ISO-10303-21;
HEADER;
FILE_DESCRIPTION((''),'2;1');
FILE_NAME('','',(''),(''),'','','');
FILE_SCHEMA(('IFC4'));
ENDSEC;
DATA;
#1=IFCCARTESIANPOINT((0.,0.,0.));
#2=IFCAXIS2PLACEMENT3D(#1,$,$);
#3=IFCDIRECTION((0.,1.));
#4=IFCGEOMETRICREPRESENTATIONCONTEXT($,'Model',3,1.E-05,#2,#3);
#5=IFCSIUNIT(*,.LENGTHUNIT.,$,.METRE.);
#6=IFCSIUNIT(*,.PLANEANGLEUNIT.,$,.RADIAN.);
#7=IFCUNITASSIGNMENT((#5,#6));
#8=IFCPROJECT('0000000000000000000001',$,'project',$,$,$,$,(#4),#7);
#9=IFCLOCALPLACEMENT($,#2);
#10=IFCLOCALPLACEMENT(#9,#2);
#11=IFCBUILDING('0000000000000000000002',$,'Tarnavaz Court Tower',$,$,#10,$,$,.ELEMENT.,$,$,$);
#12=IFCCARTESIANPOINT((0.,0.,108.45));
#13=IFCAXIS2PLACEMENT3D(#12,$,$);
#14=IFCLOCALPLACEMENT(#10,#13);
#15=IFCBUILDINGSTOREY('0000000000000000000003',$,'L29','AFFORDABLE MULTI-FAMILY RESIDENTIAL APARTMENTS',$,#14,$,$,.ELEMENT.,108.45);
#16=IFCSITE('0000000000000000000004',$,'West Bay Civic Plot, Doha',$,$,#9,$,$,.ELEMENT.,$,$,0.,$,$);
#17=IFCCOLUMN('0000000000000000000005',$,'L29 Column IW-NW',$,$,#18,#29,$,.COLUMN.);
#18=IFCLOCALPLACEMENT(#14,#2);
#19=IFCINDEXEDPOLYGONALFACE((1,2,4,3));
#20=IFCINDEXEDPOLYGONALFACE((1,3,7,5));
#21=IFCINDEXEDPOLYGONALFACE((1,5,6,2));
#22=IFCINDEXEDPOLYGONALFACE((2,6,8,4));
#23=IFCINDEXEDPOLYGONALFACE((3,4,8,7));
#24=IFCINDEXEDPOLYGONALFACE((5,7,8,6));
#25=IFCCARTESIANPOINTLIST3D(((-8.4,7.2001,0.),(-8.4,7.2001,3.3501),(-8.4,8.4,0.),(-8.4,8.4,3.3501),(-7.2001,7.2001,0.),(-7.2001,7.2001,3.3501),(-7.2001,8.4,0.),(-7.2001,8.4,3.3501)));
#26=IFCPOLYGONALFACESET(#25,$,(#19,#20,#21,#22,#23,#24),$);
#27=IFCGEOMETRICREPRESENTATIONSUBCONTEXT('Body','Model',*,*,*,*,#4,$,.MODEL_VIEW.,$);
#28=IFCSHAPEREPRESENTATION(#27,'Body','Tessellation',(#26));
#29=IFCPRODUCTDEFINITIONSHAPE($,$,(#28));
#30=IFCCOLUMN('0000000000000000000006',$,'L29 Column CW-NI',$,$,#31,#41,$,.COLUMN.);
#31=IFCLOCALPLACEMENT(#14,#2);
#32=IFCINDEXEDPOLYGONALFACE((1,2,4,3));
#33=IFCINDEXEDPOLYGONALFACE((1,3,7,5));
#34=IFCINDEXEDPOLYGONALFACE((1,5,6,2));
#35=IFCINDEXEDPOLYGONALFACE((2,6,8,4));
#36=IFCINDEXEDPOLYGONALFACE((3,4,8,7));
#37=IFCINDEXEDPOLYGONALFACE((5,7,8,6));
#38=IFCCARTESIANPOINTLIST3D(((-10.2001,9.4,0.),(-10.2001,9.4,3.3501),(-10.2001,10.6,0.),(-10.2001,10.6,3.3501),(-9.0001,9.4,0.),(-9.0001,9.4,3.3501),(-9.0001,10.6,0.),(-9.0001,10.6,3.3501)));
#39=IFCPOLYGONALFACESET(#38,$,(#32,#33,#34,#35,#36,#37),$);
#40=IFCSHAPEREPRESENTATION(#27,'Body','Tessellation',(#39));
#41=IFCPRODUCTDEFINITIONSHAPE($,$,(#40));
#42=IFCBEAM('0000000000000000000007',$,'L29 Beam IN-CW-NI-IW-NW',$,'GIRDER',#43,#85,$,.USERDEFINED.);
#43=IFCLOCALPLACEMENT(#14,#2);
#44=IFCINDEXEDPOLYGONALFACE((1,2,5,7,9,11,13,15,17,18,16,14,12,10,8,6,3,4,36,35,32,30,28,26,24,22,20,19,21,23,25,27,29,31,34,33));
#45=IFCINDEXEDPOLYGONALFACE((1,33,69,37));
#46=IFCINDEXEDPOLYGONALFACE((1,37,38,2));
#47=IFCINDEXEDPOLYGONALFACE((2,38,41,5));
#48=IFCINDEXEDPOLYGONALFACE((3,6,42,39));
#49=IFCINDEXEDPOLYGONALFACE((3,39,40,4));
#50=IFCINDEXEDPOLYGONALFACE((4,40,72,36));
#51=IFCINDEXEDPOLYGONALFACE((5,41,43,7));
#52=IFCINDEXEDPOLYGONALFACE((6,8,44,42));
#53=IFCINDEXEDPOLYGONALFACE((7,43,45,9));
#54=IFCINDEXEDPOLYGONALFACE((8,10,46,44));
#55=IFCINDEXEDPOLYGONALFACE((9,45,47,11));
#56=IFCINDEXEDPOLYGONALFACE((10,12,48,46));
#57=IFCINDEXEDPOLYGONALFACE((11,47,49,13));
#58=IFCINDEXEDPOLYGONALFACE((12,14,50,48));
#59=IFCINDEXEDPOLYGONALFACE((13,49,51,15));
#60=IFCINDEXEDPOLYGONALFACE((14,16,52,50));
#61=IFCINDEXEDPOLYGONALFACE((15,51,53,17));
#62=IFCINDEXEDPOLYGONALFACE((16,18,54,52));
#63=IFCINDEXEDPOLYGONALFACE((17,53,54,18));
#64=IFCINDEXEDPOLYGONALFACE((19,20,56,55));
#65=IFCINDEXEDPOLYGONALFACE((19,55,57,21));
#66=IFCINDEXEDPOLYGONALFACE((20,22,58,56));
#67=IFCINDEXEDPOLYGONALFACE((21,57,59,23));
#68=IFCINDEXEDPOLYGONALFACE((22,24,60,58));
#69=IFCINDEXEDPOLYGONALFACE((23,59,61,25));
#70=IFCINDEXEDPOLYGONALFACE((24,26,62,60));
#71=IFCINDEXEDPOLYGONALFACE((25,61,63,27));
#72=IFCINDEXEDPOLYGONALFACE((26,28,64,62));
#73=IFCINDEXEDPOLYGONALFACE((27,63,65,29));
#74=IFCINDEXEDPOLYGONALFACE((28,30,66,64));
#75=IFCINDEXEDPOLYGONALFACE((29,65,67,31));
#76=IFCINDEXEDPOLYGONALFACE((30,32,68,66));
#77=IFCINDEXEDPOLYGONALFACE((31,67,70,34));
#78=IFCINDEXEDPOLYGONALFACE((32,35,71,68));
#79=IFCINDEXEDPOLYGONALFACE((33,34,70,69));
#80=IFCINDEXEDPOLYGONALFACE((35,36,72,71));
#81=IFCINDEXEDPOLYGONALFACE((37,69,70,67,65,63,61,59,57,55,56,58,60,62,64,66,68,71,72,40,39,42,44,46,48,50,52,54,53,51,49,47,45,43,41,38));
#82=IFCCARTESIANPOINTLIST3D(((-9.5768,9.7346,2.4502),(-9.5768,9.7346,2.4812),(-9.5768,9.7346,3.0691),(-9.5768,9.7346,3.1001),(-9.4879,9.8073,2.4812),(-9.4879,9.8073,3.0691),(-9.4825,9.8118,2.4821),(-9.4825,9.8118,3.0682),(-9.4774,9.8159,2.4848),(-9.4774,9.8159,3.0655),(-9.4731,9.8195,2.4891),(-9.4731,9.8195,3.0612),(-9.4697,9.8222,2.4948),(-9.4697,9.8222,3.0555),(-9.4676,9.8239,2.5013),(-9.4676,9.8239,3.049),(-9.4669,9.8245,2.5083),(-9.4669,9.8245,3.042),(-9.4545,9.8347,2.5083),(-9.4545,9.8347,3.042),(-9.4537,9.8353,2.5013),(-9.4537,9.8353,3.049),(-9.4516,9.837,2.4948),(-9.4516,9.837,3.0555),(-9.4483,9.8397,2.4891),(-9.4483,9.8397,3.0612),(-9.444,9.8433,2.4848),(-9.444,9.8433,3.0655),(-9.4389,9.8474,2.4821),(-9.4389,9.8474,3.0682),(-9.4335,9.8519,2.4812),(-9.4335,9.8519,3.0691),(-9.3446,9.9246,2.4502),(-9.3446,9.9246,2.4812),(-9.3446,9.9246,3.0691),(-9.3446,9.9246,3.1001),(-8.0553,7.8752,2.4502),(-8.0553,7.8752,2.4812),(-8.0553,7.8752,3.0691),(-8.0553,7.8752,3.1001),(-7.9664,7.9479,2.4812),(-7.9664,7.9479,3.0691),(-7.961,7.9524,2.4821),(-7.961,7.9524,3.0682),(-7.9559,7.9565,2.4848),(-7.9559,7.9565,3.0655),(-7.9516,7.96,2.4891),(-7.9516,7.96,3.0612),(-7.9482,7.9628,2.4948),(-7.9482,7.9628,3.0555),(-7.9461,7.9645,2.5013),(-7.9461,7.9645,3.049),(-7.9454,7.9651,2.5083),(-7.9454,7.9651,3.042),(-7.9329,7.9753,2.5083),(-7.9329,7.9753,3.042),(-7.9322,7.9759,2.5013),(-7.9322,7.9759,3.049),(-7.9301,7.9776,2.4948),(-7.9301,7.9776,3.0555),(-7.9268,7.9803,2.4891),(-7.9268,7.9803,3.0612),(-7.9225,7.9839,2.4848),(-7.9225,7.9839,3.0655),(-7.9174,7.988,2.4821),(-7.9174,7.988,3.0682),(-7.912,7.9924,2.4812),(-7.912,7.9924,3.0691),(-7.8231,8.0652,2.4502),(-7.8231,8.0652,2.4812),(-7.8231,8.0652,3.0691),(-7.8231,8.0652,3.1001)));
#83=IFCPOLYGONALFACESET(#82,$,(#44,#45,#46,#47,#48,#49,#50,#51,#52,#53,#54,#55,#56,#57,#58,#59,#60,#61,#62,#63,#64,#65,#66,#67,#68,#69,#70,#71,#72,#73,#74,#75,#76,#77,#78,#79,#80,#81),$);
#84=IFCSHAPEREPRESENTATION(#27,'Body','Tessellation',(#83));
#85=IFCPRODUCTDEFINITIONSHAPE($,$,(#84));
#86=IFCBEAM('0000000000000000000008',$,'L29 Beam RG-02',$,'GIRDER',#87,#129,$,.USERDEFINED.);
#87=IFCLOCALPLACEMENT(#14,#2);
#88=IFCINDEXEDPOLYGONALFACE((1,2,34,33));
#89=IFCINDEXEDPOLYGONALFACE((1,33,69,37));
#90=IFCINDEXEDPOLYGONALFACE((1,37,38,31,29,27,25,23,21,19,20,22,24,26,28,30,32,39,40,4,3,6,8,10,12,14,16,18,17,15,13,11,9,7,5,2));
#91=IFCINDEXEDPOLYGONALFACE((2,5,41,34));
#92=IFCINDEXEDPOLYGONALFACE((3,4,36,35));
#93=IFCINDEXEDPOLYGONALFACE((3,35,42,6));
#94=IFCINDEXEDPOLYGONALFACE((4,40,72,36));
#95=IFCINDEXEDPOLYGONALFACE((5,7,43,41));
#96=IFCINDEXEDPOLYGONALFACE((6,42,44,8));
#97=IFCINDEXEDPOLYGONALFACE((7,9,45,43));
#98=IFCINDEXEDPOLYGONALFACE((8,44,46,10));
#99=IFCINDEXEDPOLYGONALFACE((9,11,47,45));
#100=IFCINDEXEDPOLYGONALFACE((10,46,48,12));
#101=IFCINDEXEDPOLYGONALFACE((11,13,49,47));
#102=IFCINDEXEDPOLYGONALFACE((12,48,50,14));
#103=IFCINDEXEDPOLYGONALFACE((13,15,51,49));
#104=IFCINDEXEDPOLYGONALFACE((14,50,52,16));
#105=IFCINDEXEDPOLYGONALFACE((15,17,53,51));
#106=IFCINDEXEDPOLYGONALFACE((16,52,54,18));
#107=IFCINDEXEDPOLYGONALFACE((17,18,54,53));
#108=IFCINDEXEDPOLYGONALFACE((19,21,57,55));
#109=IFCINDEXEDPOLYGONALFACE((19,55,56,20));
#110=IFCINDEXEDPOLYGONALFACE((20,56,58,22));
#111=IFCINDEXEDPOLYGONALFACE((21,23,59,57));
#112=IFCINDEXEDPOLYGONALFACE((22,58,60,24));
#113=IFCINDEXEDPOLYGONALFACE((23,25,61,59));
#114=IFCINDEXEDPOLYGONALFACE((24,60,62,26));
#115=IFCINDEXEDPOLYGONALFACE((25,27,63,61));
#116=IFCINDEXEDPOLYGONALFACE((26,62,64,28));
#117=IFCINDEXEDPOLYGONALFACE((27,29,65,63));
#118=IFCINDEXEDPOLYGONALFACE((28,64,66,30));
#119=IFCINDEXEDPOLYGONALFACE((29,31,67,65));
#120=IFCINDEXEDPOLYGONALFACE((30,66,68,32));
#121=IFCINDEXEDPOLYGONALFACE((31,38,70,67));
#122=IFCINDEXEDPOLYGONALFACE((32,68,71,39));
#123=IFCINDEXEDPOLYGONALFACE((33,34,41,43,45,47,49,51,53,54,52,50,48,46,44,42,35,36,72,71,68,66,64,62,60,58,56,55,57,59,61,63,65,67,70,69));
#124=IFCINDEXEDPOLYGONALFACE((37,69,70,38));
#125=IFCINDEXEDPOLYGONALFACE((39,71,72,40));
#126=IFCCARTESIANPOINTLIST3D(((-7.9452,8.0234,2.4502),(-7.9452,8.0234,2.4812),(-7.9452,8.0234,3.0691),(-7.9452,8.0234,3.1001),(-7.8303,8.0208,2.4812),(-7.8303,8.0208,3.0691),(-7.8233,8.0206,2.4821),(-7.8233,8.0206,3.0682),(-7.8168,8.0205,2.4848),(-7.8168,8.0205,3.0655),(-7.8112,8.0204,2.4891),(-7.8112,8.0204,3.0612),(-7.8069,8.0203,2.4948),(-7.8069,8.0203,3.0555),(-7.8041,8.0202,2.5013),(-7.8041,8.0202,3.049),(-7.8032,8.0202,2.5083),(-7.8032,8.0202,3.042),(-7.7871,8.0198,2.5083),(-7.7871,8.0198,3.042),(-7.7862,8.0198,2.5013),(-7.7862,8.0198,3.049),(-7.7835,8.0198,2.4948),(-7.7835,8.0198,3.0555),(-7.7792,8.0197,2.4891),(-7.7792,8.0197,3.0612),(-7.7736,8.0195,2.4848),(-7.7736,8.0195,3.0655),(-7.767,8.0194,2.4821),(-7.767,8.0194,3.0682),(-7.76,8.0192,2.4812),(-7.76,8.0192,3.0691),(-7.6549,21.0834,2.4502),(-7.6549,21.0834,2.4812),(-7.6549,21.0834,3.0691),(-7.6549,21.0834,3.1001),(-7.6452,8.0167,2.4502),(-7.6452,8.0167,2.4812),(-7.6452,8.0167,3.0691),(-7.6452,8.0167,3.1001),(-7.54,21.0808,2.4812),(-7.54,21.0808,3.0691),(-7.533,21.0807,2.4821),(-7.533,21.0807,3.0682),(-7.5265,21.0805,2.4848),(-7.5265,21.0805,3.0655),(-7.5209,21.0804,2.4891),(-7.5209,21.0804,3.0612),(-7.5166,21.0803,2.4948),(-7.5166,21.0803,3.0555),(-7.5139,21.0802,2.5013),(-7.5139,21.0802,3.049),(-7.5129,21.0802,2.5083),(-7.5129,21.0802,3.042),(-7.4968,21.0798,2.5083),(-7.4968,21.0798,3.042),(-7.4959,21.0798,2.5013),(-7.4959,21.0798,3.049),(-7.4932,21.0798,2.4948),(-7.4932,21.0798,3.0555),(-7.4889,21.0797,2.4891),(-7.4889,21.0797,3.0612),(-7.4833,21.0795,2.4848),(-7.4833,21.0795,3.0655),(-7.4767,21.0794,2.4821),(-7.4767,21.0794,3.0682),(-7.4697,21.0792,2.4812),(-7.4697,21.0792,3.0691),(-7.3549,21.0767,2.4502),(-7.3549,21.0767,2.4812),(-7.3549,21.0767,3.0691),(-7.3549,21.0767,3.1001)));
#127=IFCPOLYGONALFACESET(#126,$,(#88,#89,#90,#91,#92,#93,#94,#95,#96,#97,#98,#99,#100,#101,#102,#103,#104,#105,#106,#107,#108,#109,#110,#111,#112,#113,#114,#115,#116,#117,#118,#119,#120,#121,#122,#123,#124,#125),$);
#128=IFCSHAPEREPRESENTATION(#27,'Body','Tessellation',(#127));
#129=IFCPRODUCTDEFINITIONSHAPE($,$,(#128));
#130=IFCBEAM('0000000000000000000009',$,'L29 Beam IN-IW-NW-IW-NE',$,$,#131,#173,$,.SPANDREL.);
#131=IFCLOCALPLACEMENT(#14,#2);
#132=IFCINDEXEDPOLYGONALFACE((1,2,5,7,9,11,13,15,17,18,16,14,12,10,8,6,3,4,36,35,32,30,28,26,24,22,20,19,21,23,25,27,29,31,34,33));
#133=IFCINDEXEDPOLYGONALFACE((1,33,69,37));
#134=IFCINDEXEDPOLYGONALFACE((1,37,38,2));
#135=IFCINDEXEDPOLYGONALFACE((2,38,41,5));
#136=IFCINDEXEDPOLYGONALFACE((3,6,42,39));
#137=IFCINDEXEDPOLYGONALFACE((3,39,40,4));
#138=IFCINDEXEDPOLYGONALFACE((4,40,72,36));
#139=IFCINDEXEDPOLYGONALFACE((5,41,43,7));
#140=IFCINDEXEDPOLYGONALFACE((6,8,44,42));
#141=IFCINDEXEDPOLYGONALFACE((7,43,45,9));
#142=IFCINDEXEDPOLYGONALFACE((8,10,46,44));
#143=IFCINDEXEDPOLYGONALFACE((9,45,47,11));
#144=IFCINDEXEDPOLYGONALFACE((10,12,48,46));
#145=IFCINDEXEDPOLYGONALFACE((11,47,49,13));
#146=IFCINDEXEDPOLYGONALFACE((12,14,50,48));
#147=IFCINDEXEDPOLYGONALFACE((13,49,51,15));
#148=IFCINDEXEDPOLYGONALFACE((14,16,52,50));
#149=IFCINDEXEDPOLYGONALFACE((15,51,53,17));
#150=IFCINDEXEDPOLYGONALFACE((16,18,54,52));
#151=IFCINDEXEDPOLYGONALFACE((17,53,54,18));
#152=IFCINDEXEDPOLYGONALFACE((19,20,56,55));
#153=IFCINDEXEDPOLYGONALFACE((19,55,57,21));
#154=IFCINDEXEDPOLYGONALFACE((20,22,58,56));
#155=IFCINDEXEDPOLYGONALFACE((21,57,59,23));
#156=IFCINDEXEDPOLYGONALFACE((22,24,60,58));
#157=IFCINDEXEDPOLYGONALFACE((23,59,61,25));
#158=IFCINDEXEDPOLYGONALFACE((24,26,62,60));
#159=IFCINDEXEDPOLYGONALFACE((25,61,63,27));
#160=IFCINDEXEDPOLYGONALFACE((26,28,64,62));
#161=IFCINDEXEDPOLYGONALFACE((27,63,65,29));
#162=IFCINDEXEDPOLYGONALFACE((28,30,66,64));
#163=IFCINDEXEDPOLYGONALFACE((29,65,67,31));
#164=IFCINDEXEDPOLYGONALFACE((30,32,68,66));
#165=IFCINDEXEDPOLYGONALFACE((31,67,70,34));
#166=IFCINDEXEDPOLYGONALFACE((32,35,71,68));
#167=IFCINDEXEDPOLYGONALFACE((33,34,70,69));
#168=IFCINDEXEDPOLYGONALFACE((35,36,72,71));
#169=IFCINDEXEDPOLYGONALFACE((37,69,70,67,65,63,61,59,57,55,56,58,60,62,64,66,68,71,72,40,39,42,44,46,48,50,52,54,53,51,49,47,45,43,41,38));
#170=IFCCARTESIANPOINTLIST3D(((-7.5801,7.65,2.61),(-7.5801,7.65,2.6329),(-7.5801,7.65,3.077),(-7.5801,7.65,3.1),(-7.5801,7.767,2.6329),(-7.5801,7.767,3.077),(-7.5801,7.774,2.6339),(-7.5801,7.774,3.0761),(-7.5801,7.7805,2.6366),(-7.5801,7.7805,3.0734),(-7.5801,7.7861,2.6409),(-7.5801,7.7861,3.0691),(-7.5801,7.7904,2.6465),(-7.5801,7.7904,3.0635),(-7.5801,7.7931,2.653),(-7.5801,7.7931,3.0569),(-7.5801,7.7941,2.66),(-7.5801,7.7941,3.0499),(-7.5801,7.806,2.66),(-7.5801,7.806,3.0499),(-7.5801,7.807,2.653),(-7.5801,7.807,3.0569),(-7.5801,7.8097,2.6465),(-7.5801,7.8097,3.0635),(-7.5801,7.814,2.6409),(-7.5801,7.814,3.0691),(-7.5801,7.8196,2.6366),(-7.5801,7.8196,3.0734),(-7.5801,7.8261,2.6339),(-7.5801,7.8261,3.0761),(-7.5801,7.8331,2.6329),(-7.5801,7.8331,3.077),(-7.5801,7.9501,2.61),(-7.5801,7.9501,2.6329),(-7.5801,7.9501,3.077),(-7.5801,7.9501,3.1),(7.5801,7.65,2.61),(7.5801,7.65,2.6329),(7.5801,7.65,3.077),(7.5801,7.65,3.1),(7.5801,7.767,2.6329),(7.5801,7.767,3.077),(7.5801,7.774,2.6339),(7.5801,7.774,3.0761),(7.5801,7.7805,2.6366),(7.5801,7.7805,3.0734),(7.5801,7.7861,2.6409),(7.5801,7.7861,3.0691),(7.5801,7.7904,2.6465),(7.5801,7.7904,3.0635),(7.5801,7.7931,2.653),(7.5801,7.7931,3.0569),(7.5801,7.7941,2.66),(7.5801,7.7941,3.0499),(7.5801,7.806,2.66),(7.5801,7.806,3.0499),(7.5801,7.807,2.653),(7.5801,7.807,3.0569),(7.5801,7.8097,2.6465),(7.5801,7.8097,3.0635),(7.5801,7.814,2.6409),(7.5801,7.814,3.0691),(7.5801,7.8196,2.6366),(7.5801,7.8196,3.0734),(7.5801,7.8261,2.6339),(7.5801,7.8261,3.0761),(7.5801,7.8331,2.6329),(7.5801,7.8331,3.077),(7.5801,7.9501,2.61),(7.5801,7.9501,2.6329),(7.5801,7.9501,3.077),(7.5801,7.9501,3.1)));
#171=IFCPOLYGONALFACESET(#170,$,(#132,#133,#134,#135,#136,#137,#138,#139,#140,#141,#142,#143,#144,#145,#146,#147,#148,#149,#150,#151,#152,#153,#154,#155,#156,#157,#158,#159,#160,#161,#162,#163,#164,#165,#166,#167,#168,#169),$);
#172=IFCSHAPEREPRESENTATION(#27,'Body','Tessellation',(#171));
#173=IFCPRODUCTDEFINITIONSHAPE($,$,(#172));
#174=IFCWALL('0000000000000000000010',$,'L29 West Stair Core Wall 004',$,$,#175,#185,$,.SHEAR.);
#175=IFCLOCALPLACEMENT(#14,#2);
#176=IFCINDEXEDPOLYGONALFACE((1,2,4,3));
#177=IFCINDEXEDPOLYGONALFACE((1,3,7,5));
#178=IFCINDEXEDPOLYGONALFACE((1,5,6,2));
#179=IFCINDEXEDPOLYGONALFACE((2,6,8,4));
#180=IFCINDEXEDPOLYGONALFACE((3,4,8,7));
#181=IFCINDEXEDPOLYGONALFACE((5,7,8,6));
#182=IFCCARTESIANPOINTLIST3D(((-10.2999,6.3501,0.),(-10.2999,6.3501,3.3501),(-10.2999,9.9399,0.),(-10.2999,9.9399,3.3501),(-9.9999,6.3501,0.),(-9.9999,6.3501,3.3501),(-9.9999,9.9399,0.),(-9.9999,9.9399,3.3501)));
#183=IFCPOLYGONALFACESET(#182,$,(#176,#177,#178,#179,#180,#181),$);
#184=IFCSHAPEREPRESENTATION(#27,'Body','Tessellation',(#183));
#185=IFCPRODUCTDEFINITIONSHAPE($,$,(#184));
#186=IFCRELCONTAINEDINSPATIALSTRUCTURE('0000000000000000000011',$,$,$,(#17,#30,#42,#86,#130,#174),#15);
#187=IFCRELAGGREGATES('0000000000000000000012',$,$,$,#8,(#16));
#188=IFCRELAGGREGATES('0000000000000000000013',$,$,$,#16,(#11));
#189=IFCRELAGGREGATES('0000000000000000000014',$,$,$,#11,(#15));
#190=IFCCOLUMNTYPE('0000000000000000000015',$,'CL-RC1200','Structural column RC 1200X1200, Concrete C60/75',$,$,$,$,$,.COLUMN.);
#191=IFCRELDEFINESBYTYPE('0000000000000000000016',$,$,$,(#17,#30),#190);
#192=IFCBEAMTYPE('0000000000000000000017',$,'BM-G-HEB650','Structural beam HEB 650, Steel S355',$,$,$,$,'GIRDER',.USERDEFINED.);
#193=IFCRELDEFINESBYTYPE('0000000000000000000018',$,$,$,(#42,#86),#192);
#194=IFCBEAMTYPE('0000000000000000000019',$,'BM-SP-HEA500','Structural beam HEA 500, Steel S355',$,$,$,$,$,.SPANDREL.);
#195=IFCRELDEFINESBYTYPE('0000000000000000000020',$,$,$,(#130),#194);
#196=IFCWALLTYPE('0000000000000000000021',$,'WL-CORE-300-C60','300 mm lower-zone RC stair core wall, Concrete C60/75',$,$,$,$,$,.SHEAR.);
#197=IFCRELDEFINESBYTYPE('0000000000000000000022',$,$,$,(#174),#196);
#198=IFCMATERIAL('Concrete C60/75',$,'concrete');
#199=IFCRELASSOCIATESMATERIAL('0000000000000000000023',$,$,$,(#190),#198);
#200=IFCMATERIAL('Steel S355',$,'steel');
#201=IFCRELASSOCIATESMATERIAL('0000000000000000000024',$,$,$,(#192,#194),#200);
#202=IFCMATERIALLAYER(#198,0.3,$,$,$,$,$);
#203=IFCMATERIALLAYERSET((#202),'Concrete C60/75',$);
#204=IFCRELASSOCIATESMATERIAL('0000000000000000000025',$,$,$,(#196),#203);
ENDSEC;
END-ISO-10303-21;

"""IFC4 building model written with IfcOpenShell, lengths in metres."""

from ifc_helpers import new_model, si_unit, direction, frame, frame_2d, origin, origin_2d, place, context, subcontext, project, spatial, rectangle, i_section, extrude, material, layer, layer_set, material_profile, profile_set, type_object, element, save


model = new_model("IFC4")

# Units and contexts
model_context = context("Model", 3, precision=1e-05, world=origin(), true_north=direction((0.0, 1.0)))
body_context = subcontext(model_context, "Body", "Model", "MODEL_VIEW")
ifc_project = project(units=[si_unit("LENGTHUNIT", "METRE"), si_unit("PLANEANGLEUNIT", "RADIAN")], contexts=[model_context])

# Site, building, storey
site_placement = place(None, origin())
site = spatial("IfcSite", under=ifc_project, at=site_placement, Name="West Bay Civic Plot, Doha", CompositionType="ELEMENT", RefElevation=0.0)
building_placement = place(site_placement, origin())
building = spatial("IfcBuilding", under=site, at=building_placement, Name="Tarnavaz Court Tower", CompositionType="ELEMENT")
storey_placement = place(building_placement, frame((0.0, 0.0, 108.45)))
storey = spatial("IfcBuildingStorey", under=building, at=storey_placement, Name="L29", Description="AFFORDABLE MULTI-FAMILY RESIDENTIAL APARTMENTS", CompositionType="ELEMENT", Elevation=108.45)

# Columns
ifc_material_1 = material(Name="Concrete C60/75", Category="concrete")
ifc_material_profile_1 = material_profile(ifc_material_1, rectangle(XDim=1.2, YDim=1.2, at=origin_2d()), Name="RC 1200X1200")
ifc_profile_set_1 = profile_set([ifc_material_profile_1], Name="Concrete C60/75")
column_type = type_object("IfcColumnType", Name="CL-RC1200", Description="Structural column RC 1200X1200, Concrete C60/75", PredefinedType="COLUMN", material=ifc_profile_set_1)
for number, where, z_axis, x_axis, name in (
    (1, (-7.8, 7.8, 0.0), (0.0, 0.0, 1.0), (1.0, 0.0, 0.0), "L29 Column IW-NW"),
    (2, (-9.6001, 10.0, 0.0), (0.0, 0.0, 1.0), (1.0, 0.0, 0.0), "L29 Column CW-NI"),
):
    element("IfcColumn", number, at=place(storey_placement, frame(where, z_axis=z_axis, x_axis=x_axis)), inside=storey, type_object=column_type, Name=name, PredefinedType="COLUMN", context=body_context, shape_type="SweptSolid", body=[
        extrude(rectangle(XDim=1.2, YDim=1.2, at=origin_2d()), origin(), (0.0, 0.0, 1.0), 3.3501),
    ])

# Beams
ifc_material_2 = material(Name="Steel S355", Category="steel")
ifc_material_profile_2 = material_profile(ifc_material_2, i_section(OverallWidth=0.3, OverallDepth=0.6499, WebThickness=0.0161, FlangeThickness=0.031, FilletRadius=0.0271, at=origin_2d()), Name="HEB 650")
ifc_profile_set_2 = profile_set([ifc_material_profile_2], Name="Steel S355")
beam_type_1 = type_object("IfcBeamType", Name="BM-G-HEB650", Description="Structural beam HEB 650, Steel S355", ElementType="GIRDER", PredefinedType="USERDEFINED", material=ifc_profile_set_2)
beam_1_placement = place(storey_placement, frame((-9.4607, 9.8296, 2.7751), z_axis=(0.633282, -0.773921, 0.0), x_axis=(0.773921, 0.633282, 0.0)))
element("IfcBeam", 3, at=beam_1_placement, inside=storey, type_object=beam_type_1, Name="L29 Beam IN-CW-NI-IW-NW", ObjectType="GIRDER", PredefinedType="USERDEFINED", context=body_context, shape_type="SweptSolid", body=[
    extrude(i_section(OverallWidth=0.3, OverallDepth=0.6499, WebThickness=0.0161, FlangeThickness=0.031, FilletRadius=0.0271, at=origin_2d()), origin(), (0.0, 0.0, 1.0), 2.4026),
])
beam_2_placement = place(storey_placement, frame((-7.7952, 8.02, 2.7751), z_axis=(0.022221, 0.999753, 0.0), x_axis=(-0.999753, 0.022221, 0.0)))
element("IfcBeam", 4, at=beam_2_placement, inside=storey, type_object=beam_type_1, Name="L29 Beam RG-02", ObjectType="GIRDER", PredefinedType="USERDEFINED", context=body_context, shape_type="SweptSolid", body=[
    extrude(i_section(OverallWidth=0.3, OverallDepth=0.6499, WebThickness=0.0161, FlangeThickness=0.031, FilletRadius=0.0271, at=origin_2d()), origin(), (0.0, 0.0, 1.0), 13.0632),
])
ifc_material_profile_3 = material_profile(ifc_material_2, i_section(OverallWidth=0.3, OverallDepth=0.49, WebThickness=0.012, FlangeThickness=0.0229, FilletRadius=0.0271, at=origin_2d()), Name="HEA 500")
ifc_profile_set_3 = profile_set([ifc_material_profile_3], Name="Steel S355")
beam_type_2 = type_object("IfcBeamType", Name="BM-SP-HEA500", Description="Structural beam HEA 500, Steel S355", PredefinedType="SPANDREL", material=ifc_profile_set_3)
beam_3_placement = place(storey_placement, frame((-7.5801, 7.8, 2.855), z_axis=(1.0, 0.0, 0.0), x_axis=(0.0, 1.0, 0.0)))
element("IfcBeam", 5, at=beam_3_placement, inside=storey, type_object=beam_type_2, Name="L29 Beam IN-IW-NW-IW-NE", PredefinedType="SPANDREL", context=body_context, shape_type="SweptSolid", body=[
    extrude(i_section(OverallWidth=0.3, OverallDepth=0.49, WebThickness=0.012, FlangeThickness=0.0229, FilletRadius=0.0271, at=origin_2d()), origin(), (0.0, 0.0, 1.0), 15.1602),
])

# Wall
ifc_layer_1 = layer(ifc_material_1, 0.3)
ifc_layer_set_1 = layer_set([ifc_layer_1], Name="Concrete C60/75")
wall_type_1 = type_object("IfcWallType", Name="WL-CORE-300-C60", Description="300 mm lower-zone RC stair core wall, Concrete C60/75", PredefinedType="SHEAR", material=ifc_layer_set_1)
wall_1_placement = place(storey_placement, frame((-10.1499, 6.3501, 0.0), z_axis=(0.0, 0.0, 1.0), x_axis=(0.0, 1.0, 0.0)))
element("IfcWall", 6, at=wall_1_placement, inside=storey, type_object=wall_type_1, Name="L29 West Stair Core Wall 004", PredefinedType="SHEAR", context=body_context, shape_type="SweptSolid", body=[
    extrude(rectangle(XDim=3.5898, YDim=0.3, at=frame_2d((1.7949, 0.0))), origin(), (0.0, 0.0, 1.0), 3.3501),
])

save(model, "model.ifc")
